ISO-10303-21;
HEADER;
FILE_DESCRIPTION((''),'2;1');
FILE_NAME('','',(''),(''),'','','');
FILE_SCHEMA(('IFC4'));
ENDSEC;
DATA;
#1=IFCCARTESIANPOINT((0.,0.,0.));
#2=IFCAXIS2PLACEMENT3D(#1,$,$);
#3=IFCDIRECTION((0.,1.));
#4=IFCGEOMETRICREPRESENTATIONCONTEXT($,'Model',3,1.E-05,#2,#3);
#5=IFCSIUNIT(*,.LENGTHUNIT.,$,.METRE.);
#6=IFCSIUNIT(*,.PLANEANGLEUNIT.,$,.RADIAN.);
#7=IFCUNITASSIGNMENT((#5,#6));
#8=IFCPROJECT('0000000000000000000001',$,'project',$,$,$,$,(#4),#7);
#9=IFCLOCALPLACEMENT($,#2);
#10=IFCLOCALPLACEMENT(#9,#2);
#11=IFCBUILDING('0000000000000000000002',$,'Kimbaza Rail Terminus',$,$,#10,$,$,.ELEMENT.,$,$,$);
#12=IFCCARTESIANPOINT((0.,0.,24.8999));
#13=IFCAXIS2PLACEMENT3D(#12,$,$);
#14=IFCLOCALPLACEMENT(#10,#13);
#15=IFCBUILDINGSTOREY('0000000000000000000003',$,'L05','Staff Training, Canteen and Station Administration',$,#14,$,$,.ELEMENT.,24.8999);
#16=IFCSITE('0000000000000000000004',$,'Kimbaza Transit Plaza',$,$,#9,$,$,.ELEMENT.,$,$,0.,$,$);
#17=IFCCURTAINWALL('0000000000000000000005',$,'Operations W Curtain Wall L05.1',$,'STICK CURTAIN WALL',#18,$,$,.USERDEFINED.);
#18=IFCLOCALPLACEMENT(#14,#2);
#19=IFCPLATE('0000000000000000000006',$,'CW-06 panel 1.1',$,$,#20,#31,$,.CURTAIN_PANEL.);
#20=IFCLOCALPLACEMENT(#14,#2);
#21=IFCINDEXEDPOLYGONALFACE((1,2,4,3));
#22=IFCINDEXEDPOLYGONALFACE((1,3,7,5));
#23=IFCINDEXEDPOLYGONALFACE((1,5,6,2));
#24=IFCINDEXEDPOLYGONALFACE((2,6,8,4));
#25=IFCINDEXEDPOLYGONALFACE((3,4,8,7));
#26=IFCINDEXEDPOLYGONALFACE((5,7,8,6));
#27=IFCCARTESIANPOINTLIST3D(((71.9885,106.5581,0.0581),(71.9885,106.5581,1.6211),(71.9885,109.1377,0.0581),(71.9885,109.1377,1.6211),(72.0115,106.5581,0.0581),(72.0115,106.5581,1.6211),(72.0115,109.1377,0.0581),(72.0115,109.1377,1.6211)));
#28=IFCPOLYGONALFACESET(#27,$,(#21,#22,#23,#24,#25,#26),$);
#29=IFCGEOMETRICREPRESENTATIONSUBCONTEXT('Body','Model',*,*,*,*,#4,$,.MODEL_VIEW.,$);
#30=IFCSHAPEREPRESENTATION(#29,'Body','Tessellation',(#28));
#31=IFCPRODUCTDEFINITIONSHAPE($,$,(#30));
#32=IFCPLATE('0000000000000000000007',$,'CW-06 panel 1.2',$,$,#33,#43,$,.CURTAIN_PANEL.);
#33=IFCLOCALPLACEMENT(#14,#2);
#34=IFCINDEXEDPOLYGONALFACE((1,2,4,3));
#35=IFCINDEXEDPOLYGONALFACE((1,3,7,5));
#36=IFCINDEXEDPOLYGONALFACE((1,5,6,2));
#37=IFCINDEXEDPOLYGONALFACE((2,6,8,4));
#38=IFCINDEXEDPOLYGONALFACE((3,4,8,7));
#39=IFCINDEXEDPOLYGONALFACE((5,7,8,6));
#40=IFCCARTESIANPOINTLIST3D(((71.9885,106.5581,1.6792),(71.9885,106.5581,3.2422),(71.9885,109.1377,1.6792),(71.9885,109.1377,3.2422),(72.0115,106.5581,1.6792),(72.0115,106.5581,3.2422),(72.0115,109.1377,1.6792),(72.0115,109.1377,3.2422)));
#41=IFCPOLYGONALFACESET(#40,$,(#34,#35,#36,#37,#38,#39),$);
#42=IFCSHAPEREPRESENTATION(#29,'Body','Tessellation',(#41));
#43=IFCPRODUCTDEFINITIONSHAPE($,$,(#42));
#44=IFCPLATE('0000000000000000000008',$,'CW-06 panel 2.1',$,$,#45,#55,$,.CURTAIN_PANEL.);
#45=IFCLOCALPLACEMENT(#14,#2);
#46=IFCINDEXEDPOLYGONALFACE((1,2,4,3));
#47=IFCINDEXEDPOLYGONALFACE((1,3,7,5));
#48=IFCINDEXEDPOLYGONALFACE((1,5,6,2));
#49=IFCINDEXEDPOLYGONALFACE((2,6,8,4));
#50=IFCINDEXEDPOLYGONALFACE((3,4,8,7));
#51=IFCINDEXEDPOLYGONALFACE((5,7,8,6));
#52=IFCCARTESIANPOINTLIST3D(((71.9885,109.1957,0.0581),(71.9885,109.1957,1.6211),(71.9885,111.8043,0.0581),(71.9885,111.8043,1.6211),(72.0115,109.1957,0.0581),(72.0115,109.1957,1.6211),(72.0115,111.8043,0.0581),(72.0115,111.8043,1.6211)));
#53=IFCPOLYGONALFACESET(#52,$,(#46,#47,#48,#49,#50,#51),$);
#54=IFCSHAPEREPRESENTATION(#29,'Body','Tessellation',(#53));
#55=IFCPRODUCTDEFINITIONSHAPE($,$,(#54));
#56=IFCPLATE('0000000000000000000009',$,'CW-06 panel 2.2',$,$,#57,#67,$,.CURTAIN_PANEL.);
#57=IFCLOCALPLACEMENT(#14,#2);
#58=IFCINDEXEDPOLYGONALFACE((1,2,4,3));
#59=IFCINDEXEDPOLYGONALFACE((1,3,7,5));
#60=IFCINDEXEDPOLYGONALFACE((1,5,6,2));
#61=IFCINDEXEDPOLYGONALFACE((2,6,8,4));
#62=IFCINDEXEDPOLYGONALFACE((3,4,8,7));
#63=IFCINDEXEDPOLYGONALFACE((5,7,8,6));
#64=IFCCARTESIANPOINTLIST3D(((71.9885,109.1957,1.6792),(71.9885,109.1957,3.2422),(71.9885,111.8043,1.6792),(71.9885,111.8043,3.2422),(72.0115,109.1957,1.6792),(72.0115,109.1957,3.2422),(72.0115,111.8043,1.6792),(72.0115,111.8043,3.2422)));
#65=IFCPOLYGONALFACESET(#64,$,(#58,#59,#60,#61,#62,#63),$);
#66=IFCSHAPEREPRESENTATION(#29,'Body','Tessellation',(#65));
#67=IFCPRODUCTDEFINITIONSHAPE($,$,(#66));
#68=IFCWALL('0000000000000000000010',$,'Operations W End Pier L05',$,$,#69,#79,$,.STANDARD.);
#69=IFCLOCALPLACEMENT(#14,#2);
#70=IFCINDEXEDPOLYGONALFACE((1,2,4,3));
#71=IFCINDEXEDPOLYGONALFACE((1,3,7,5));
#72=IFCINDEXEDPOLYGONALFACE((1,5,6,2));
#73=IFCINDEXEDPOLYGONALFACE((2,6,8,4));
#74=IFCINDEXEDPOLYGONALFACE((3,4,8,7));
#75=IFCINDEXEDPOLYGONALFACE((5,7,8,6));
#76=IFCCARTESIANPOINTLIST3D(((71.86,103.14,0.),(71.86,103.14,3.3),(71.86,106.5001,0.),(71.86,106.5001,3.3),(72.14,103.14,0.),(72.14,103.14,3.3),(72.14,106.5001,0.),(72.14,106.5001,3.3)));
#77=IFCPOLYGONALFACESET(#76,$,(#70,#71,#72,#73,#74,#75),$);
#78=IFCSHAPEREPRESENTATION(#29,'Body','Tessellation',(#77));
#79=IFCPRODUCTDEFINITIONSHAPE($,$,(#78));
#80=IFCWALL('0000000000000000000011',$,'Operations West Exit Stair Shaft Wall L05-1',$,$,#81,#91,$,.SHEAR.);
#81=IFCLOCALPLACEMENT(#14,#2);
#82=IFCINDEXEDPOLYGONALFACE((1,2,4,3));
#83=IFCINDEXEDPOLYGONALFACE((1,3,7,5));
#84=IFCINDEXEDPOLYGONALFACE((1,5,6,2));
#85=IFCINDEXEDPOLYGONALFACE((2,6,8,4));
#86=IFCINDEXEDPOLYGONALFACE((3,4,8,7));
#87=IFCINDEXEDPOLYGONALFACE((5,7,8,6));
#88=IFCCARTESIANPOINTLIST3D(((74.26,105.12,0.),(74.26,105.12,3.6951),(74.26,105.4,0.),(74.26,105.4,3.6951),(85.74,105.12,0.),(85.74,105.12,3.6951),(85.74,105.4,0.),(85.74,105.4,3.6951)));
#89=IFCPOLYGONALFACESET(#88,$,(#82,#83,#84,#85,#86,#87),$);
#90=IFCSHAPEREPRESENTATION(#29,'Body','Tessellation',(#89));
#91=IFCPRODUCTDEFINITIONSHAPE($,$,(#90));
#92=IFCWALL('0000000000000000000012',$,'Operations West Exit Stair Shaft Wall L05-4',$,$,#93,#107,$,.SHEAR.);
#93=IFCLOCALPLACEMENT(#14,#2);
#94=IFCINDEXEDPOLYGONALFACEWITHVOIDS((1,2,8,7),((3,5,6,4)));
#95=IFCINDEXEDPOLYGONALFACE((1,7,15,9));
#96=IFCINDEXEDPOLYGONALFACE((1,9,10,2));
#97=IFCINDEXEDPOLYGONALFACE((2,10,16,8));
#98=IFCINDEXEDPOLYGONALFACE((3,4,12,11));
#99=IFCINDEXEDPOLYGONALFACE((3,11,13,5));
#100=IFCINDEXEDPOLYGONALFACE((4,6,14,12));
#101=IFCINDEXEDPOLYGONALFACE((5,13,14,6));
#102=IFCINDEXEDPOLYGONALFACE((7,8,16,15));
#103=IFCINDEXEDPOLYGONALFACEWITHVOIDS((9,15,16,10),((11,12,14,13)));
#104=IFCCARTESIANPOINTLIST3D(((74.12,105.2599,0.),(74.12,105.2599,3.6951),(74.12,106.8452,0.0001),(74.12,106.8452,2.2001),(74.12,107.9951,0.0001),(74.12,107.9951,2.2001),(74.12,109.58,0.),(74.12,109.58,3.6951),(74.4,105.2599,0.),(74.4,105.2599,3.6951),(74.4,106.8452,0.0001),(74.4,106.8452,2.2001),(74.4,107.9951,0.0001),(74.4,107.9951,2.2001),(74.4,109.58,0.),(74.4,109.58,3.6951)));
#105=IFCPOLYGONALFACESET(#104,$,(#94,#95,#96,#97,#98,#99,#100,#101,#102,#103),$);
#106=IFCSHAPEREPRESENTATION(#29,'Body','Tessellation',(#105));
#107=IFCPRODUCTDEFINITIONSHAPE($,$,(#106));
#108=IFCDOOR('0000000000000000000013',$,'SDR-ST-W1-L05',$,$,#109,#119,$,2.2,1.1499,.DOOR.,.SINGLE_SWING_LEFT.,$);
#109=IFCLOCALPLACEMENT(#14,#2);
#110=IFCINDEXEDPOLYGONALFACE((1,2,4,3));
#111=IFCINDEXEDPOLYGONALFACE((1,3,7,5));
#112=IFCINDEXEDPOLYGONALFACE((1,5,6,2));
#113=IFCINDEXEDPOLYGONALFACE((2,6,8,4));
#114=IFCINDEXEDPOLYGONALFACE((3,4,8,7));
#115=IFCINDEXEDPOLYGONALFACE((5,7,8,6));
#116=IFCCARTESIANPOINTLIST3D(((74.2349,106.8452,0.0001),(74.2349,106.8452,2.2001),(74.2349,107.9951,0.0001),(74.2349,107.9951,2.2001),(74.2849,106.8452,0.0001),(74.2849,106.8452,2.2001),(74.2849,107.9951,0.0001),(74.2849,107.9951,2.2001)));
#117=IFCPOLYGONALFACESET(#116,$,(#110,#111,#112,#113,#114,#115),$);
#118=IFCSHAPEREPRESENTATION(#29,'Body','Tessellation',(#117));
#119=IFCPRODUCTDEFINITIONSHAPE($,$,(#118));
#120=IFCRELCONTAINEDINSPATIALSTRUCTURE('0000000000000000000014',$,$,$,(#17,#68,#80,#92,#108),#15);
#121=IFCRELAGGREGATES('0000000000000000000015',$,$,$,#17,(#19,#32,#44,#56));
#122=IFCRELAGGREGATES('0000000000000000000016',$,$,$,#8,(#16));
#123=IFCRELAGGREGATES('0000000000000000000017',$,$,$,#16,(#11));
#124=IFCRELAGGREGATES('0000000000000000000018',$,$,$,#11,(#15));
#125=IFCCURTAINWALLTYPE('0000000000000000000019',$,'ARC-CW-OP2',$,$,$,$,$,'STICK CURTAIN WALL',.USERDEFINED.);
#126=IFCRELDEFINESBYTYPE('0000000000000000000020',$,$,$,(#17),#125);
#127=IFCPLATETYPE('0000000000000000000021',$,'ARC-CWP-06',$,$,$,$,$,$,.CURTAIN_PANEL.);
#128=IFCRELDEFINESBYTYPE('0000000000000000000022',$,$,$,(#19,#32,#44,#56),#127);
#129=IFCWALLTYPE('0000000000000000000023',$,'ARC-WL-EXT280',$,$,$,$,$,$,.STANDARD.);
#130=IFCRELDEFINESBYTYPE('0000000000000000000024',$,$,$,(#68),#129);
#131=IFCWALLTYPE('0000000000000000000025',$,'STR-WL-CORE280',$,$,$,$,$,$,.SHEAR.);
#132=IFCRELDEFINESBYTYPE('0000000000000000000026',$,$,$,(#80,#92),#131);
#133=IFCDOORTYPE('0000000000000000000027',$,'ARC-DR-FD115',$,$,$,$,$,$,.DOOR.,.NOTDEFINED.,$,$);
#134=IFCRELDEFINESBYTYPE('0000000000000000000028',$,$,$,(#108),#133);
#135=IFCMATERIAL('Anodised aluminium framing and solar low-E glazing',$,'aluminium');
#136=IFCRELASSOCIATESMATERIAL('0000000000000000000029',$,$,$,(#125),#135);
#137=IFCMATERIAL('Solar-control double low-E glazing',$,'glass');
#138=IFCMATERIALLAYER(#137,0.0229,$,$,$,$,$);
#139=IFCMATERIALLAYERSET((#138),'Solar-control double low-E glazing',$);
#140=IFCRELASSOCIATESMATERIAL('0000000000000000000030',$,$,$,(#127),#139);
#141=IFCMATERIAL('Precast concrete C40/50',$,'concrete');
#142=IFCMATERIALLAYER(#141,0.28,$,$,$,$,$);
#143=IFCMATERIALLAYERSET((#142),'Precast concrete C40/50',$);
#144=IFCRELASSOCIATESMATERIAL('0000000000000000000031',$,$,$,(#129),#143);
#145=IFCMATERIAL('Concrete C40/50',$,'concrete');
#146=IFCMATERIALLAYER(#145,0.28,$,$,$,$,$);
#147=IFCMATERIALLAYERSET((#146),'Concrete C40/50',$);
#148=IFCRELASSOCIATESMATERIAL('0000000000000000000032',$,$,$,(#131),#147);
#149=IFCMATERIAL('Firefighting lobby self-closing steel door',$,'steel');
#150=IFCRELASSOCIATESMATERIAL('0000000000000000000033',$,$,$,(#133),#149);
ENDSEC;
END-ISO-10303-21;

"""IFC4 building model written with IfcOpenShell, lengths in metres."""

from ifc_helpers import new_model, si_unit, direction, frame, frame_2d, origin, origin_2d, place, context, subcontext, project, spatial, rectangle, extrude, material, layer, layer_set, type_object, element, fill, aggregate, save


model = new_model("IFC4")

# Units and contexts
model_context = context("Model", 3, precision=1e-05, world=origin(), true_north=direction((0.0, 1.0)))
body_context = subcontext(model_context, "Body", "Model", "MODEL_VIEW")
ifc_project = project(units=[si_unit("LENGTHUNIT", "METRE"), si_unit("PLANEANGLEUNIT", "RADIAN")], contexts=[model_context])

# Site, building, storey
site_placement = place(None, origin())
site = spatial("IfcSite", under=ifc_project, at=site_placement, Name="Kimbaza Transit Plaza", CompositionType="ELEMENT", RefElevation=0.0)
building_placement = place(site_placement, origin())
building = spatial("IfcBuilding", under=site, at=building_placement, Name="Kimbaza Rail Terminus", CompositionType="ELEMENT")
storey_placement = place(building_placement, frame((0.0, 0.0, 24.8999)))
storey = spatial("IfcBuildingStorey", under=building, at=storey_placement, Name="L05", Description="Staff Training, Canteen and Station Administration", CompositionType="ELEMENT", Elevation=24.8999)

# Curtain wall
ifc_material_1 = material(Name="Anodised aluminium framing and solar low-E glazing", Category="aluminium")
curtain_wall_type = type_object("IfcCurtainWallType", Name="ARC-CW-OP2", ElementType="STICK CURTAIN WALL", PredefinedType="USERDEFINED", material=ifc_material_1)
curtain_wall_placement = place(storey_placement, origin())
curtain_wall = element("IfcCurtainWall", 1, at=curtain_wall_placement, inside=storey, type_object=curtain_wall_type, Name="Operations W Curtain Wall L05.1", ObjectType="STICK CURTAIN WALL", PredefinedType="USERDEFINED")

# Plates
ifc_material_2 = material(Name="Solar-control double low-E glazing", Category="glass")
ifc_layer_1 = layer(ifc_material_2, 0.0229)
ifc_layer_set_1 = layer_set([ifc_layer_1], Name="Solar-control double low-E glazing")
plate_type = type_object("IfcPlateType", Name="ARC-CWP-06", PredefinedType="CURTAIN_PANEL", material=ifc_layer_set_1)
plate_1_placement = place(storey_placement, frame((72.0, 107.8479, 0.0581), z_axis=(0.0, 0.0, 1.0), x_axis=(0.0, 1.0, 0.0)))
plate_1 = element("IfcPlate", 2, at=plate_1_placement, type_object=plate_type, Name="CW-06 panel 1.1", PredefinedType="CURTAIN_PANEL", context=body_context, shape_type="SweptSolid", body=[
    extrude(rectangle(XDim=2.5796, YDim=0.0229, at=origin_2d()), origin(), (0.0, 0.0, 1.0), 1.563),
])
plate_2_placement = place(storey_placement, frame((72.0, 107.8479, 1.6792), z_axis=(0.0, 0.0, 1.0), x_axis=(0.0, 1.0, 0.0)))
plate_2 = element("IfcPlate", 3, at=plate_2_placement, type_object=plate_type, Name="CW-06 panel 1.2", PredefinedType="CURTAIN_PANEL", context=body_context, shape_type="SweptSolid", body=[
    extrude(rectangle(XDim=2.5796, YDim=0.0229, at=origin_2d()), origin(), (0.0, 0.0, 1.0), 1.563),
])
plate_3_placement = place(storey_placement, frame((72.0, 110.5, 0.0581), z_axis=(0.0, 0.0, 1.0), x_axis=(0.0, 1.0, 0.0)))
plate_3 = element("IfcPlate", 4, at=plate_3_placement, type_object=plate_type, Name="CW-06 panel 2.1", PredefinedType="CURTAIN_PANEL", context=body_context, shape_type="SweptSolid", body=[
    extrude(rectangle(XDim=2.6086, YDim=0.0229, at=origin_2d()), origin(), (0.0, 0.0, 1.0), 1.563),
])
plate_4_placement = place(storey_placement, frame((72.0, 110.5, 1.6792), z_axis=(0.0, 0.0, 1.0), x_axis=(0.0, 1.0, 0.0)))
plate_4 = element("IfcPlate", 5, at=plate_4_placement, type_object=plate_type, Name="CW-06 panel 2.2", PredefinedType="CURTAIN_PANEL", context=body_context, shape_type="SweptSolid", body=[
    extrude(rectangle(XDim=2.6086, YDim=0.0229, at=origin_2d()), origin(), (0.0, 0.0, 1.0), 1.563),
])
aggregate(curtain_wall, [plate_1, plate_2, plate_3, plate_4])

# Walls
ifc_material_3 = material(Name="Precast concrete C40/50", Category="concrete")
ifc_layer_2 = layer(ifc_material_3, 0.28)
ifc_layer_set_2 = layer_set([ifc_layer_2], Name="Precast concrete C40/50")
wall_type_1 = type_object("IfcWallType", Name="ARC-WL-EXT280", PredefinedType="STANDARD", material=ifc_layer_set_2)
wall_1_placement = place(storey_placement, frame((72.0, 103.1399, 0.0), z_axis=(0.0, 0.0, 1.0), x_axis=(0.0, 1.0, 0.0)))
element("IfcWall", 6, at=wall_1_placement, inside=storey, type_object=wall_type_1, Name="Operations W End Pier L05", PredefinedType="STANDARD", context=body_context, shape_type="SweptSolid", body=[
    extrude(rectangle(XDim=3.3601, YDim=0.28, at=frame_2d((1.6802, 0.0))), origin(), (0.0, 0.0, 1.0), 3.3),
])
ifc_material_4 = material(Name="Concrete C40/50", Category="concrete")
ifc_layer_3 = layer(ifc_material_4, 0.28)
ifc_layer_set_3 = layer_set([ifc_layer_3], Name="Concrete C40/50")
wall_type_2 = type_object("IfcWallType", Name="STR-WL-CORE280", PredefinedType="SHEAR", material=ifc_layer_set_3)
wall_2_placement = place(storey_placement, frame((74.26, 105.26, 0.0), z_axis=(0.0, 0.0, 1.0), x_axis=(1.0, 0.0, 0.0)))
element("IfcWall", 7, at=wall_2_placement, inside=storey, type_object=wall_type_2, Name="Operations West Exit Stair Shaft Wall L05-1", PredefinedType="SHEAR", context=body_context, shape_type="SweptSolid", body=[
    extrude(rectangle(XDim=11.48, YDim=0.28, at=frame_2d((5.74, 0.0))), origin(), (0.0, 0.0, 1.0), 3.6951),
])

# Wall, opening, door
wall_3_placement = place(storey_placement, frame((74.26, 109.5801, 0.0), z_axis=(0.0, 0.0, 1.0), x_axis=(0.0, -1.0, 0.0)))
wall_3 = element("IfcWall", 8, at=wall_3_placement, inside=storey, type_object=wall_type_2, Name="Operations West Exit Stair Shaft Wall L05-4", PredefinedType="SHEAR", context=body_context, shape_type="SweptSolid", body=[
    extrude(rectangle(XDim=4.3201, YDim=0.28, at=frame_2d((2.1602, 0.0))), origin(), (0.0, 0.0, 1.0), 3.6951),
])
opening_placement = place(wall_3_placement, frame((1.585, 0.0, 0.0)))
opening = element("IfcOpeningElement", 9, at=opening_placement, cuts=wall_3, PredefinedType="OPENING", context=body_context, shape_type="SweptSolid", body=[
    extrude(rectangle(XDim=1.1499, YDim=2.2, at=frame_2d((0.575, 1.1001))), frame((0.0, 0.1499, 0.0), z_axis=(0.0, -1.0, 0.0), x_axis=(1.0, 0.0, 0.0)), (0.0, 0.0, 1.0), 0.3),
])
ifc_material_5 = material(Name="Firefighting lobby self-closing steel door", Category="steel")
door_type = type_object("IfcDoorType", Name="ARC-DR-FD115", OperationType="NOTDEFINED", PredefinedType="DOOR", material=ifc_material_5)
door_placement = place(opening_placement, origin())
door = element("IfcDoor", 10, at=door_placement, inside=storey, type_object=door_type, Name="SDR-ST-W1-L05", OperationType="SINGLE_SWING_LEFT", OverallHeight=2.2, OverallWidth=1.1499, PredefinedType="DOOR", context=body_context, shape_type="SweptSolid", body=[
    extrude(rectangle(XDim=1.1499, YDim=2.2, at=frame_2d((0.575, 1.1001))), frame((0.0, 0.0249, 0.0), z_axis=(0.0, -1.0, 0.0), x_axis=(1.0, 0.0, 0.0)), (0.0, 0.0, 1.0), 0.05),
])
fill(opening, door)

save(model, "model.ifc")
